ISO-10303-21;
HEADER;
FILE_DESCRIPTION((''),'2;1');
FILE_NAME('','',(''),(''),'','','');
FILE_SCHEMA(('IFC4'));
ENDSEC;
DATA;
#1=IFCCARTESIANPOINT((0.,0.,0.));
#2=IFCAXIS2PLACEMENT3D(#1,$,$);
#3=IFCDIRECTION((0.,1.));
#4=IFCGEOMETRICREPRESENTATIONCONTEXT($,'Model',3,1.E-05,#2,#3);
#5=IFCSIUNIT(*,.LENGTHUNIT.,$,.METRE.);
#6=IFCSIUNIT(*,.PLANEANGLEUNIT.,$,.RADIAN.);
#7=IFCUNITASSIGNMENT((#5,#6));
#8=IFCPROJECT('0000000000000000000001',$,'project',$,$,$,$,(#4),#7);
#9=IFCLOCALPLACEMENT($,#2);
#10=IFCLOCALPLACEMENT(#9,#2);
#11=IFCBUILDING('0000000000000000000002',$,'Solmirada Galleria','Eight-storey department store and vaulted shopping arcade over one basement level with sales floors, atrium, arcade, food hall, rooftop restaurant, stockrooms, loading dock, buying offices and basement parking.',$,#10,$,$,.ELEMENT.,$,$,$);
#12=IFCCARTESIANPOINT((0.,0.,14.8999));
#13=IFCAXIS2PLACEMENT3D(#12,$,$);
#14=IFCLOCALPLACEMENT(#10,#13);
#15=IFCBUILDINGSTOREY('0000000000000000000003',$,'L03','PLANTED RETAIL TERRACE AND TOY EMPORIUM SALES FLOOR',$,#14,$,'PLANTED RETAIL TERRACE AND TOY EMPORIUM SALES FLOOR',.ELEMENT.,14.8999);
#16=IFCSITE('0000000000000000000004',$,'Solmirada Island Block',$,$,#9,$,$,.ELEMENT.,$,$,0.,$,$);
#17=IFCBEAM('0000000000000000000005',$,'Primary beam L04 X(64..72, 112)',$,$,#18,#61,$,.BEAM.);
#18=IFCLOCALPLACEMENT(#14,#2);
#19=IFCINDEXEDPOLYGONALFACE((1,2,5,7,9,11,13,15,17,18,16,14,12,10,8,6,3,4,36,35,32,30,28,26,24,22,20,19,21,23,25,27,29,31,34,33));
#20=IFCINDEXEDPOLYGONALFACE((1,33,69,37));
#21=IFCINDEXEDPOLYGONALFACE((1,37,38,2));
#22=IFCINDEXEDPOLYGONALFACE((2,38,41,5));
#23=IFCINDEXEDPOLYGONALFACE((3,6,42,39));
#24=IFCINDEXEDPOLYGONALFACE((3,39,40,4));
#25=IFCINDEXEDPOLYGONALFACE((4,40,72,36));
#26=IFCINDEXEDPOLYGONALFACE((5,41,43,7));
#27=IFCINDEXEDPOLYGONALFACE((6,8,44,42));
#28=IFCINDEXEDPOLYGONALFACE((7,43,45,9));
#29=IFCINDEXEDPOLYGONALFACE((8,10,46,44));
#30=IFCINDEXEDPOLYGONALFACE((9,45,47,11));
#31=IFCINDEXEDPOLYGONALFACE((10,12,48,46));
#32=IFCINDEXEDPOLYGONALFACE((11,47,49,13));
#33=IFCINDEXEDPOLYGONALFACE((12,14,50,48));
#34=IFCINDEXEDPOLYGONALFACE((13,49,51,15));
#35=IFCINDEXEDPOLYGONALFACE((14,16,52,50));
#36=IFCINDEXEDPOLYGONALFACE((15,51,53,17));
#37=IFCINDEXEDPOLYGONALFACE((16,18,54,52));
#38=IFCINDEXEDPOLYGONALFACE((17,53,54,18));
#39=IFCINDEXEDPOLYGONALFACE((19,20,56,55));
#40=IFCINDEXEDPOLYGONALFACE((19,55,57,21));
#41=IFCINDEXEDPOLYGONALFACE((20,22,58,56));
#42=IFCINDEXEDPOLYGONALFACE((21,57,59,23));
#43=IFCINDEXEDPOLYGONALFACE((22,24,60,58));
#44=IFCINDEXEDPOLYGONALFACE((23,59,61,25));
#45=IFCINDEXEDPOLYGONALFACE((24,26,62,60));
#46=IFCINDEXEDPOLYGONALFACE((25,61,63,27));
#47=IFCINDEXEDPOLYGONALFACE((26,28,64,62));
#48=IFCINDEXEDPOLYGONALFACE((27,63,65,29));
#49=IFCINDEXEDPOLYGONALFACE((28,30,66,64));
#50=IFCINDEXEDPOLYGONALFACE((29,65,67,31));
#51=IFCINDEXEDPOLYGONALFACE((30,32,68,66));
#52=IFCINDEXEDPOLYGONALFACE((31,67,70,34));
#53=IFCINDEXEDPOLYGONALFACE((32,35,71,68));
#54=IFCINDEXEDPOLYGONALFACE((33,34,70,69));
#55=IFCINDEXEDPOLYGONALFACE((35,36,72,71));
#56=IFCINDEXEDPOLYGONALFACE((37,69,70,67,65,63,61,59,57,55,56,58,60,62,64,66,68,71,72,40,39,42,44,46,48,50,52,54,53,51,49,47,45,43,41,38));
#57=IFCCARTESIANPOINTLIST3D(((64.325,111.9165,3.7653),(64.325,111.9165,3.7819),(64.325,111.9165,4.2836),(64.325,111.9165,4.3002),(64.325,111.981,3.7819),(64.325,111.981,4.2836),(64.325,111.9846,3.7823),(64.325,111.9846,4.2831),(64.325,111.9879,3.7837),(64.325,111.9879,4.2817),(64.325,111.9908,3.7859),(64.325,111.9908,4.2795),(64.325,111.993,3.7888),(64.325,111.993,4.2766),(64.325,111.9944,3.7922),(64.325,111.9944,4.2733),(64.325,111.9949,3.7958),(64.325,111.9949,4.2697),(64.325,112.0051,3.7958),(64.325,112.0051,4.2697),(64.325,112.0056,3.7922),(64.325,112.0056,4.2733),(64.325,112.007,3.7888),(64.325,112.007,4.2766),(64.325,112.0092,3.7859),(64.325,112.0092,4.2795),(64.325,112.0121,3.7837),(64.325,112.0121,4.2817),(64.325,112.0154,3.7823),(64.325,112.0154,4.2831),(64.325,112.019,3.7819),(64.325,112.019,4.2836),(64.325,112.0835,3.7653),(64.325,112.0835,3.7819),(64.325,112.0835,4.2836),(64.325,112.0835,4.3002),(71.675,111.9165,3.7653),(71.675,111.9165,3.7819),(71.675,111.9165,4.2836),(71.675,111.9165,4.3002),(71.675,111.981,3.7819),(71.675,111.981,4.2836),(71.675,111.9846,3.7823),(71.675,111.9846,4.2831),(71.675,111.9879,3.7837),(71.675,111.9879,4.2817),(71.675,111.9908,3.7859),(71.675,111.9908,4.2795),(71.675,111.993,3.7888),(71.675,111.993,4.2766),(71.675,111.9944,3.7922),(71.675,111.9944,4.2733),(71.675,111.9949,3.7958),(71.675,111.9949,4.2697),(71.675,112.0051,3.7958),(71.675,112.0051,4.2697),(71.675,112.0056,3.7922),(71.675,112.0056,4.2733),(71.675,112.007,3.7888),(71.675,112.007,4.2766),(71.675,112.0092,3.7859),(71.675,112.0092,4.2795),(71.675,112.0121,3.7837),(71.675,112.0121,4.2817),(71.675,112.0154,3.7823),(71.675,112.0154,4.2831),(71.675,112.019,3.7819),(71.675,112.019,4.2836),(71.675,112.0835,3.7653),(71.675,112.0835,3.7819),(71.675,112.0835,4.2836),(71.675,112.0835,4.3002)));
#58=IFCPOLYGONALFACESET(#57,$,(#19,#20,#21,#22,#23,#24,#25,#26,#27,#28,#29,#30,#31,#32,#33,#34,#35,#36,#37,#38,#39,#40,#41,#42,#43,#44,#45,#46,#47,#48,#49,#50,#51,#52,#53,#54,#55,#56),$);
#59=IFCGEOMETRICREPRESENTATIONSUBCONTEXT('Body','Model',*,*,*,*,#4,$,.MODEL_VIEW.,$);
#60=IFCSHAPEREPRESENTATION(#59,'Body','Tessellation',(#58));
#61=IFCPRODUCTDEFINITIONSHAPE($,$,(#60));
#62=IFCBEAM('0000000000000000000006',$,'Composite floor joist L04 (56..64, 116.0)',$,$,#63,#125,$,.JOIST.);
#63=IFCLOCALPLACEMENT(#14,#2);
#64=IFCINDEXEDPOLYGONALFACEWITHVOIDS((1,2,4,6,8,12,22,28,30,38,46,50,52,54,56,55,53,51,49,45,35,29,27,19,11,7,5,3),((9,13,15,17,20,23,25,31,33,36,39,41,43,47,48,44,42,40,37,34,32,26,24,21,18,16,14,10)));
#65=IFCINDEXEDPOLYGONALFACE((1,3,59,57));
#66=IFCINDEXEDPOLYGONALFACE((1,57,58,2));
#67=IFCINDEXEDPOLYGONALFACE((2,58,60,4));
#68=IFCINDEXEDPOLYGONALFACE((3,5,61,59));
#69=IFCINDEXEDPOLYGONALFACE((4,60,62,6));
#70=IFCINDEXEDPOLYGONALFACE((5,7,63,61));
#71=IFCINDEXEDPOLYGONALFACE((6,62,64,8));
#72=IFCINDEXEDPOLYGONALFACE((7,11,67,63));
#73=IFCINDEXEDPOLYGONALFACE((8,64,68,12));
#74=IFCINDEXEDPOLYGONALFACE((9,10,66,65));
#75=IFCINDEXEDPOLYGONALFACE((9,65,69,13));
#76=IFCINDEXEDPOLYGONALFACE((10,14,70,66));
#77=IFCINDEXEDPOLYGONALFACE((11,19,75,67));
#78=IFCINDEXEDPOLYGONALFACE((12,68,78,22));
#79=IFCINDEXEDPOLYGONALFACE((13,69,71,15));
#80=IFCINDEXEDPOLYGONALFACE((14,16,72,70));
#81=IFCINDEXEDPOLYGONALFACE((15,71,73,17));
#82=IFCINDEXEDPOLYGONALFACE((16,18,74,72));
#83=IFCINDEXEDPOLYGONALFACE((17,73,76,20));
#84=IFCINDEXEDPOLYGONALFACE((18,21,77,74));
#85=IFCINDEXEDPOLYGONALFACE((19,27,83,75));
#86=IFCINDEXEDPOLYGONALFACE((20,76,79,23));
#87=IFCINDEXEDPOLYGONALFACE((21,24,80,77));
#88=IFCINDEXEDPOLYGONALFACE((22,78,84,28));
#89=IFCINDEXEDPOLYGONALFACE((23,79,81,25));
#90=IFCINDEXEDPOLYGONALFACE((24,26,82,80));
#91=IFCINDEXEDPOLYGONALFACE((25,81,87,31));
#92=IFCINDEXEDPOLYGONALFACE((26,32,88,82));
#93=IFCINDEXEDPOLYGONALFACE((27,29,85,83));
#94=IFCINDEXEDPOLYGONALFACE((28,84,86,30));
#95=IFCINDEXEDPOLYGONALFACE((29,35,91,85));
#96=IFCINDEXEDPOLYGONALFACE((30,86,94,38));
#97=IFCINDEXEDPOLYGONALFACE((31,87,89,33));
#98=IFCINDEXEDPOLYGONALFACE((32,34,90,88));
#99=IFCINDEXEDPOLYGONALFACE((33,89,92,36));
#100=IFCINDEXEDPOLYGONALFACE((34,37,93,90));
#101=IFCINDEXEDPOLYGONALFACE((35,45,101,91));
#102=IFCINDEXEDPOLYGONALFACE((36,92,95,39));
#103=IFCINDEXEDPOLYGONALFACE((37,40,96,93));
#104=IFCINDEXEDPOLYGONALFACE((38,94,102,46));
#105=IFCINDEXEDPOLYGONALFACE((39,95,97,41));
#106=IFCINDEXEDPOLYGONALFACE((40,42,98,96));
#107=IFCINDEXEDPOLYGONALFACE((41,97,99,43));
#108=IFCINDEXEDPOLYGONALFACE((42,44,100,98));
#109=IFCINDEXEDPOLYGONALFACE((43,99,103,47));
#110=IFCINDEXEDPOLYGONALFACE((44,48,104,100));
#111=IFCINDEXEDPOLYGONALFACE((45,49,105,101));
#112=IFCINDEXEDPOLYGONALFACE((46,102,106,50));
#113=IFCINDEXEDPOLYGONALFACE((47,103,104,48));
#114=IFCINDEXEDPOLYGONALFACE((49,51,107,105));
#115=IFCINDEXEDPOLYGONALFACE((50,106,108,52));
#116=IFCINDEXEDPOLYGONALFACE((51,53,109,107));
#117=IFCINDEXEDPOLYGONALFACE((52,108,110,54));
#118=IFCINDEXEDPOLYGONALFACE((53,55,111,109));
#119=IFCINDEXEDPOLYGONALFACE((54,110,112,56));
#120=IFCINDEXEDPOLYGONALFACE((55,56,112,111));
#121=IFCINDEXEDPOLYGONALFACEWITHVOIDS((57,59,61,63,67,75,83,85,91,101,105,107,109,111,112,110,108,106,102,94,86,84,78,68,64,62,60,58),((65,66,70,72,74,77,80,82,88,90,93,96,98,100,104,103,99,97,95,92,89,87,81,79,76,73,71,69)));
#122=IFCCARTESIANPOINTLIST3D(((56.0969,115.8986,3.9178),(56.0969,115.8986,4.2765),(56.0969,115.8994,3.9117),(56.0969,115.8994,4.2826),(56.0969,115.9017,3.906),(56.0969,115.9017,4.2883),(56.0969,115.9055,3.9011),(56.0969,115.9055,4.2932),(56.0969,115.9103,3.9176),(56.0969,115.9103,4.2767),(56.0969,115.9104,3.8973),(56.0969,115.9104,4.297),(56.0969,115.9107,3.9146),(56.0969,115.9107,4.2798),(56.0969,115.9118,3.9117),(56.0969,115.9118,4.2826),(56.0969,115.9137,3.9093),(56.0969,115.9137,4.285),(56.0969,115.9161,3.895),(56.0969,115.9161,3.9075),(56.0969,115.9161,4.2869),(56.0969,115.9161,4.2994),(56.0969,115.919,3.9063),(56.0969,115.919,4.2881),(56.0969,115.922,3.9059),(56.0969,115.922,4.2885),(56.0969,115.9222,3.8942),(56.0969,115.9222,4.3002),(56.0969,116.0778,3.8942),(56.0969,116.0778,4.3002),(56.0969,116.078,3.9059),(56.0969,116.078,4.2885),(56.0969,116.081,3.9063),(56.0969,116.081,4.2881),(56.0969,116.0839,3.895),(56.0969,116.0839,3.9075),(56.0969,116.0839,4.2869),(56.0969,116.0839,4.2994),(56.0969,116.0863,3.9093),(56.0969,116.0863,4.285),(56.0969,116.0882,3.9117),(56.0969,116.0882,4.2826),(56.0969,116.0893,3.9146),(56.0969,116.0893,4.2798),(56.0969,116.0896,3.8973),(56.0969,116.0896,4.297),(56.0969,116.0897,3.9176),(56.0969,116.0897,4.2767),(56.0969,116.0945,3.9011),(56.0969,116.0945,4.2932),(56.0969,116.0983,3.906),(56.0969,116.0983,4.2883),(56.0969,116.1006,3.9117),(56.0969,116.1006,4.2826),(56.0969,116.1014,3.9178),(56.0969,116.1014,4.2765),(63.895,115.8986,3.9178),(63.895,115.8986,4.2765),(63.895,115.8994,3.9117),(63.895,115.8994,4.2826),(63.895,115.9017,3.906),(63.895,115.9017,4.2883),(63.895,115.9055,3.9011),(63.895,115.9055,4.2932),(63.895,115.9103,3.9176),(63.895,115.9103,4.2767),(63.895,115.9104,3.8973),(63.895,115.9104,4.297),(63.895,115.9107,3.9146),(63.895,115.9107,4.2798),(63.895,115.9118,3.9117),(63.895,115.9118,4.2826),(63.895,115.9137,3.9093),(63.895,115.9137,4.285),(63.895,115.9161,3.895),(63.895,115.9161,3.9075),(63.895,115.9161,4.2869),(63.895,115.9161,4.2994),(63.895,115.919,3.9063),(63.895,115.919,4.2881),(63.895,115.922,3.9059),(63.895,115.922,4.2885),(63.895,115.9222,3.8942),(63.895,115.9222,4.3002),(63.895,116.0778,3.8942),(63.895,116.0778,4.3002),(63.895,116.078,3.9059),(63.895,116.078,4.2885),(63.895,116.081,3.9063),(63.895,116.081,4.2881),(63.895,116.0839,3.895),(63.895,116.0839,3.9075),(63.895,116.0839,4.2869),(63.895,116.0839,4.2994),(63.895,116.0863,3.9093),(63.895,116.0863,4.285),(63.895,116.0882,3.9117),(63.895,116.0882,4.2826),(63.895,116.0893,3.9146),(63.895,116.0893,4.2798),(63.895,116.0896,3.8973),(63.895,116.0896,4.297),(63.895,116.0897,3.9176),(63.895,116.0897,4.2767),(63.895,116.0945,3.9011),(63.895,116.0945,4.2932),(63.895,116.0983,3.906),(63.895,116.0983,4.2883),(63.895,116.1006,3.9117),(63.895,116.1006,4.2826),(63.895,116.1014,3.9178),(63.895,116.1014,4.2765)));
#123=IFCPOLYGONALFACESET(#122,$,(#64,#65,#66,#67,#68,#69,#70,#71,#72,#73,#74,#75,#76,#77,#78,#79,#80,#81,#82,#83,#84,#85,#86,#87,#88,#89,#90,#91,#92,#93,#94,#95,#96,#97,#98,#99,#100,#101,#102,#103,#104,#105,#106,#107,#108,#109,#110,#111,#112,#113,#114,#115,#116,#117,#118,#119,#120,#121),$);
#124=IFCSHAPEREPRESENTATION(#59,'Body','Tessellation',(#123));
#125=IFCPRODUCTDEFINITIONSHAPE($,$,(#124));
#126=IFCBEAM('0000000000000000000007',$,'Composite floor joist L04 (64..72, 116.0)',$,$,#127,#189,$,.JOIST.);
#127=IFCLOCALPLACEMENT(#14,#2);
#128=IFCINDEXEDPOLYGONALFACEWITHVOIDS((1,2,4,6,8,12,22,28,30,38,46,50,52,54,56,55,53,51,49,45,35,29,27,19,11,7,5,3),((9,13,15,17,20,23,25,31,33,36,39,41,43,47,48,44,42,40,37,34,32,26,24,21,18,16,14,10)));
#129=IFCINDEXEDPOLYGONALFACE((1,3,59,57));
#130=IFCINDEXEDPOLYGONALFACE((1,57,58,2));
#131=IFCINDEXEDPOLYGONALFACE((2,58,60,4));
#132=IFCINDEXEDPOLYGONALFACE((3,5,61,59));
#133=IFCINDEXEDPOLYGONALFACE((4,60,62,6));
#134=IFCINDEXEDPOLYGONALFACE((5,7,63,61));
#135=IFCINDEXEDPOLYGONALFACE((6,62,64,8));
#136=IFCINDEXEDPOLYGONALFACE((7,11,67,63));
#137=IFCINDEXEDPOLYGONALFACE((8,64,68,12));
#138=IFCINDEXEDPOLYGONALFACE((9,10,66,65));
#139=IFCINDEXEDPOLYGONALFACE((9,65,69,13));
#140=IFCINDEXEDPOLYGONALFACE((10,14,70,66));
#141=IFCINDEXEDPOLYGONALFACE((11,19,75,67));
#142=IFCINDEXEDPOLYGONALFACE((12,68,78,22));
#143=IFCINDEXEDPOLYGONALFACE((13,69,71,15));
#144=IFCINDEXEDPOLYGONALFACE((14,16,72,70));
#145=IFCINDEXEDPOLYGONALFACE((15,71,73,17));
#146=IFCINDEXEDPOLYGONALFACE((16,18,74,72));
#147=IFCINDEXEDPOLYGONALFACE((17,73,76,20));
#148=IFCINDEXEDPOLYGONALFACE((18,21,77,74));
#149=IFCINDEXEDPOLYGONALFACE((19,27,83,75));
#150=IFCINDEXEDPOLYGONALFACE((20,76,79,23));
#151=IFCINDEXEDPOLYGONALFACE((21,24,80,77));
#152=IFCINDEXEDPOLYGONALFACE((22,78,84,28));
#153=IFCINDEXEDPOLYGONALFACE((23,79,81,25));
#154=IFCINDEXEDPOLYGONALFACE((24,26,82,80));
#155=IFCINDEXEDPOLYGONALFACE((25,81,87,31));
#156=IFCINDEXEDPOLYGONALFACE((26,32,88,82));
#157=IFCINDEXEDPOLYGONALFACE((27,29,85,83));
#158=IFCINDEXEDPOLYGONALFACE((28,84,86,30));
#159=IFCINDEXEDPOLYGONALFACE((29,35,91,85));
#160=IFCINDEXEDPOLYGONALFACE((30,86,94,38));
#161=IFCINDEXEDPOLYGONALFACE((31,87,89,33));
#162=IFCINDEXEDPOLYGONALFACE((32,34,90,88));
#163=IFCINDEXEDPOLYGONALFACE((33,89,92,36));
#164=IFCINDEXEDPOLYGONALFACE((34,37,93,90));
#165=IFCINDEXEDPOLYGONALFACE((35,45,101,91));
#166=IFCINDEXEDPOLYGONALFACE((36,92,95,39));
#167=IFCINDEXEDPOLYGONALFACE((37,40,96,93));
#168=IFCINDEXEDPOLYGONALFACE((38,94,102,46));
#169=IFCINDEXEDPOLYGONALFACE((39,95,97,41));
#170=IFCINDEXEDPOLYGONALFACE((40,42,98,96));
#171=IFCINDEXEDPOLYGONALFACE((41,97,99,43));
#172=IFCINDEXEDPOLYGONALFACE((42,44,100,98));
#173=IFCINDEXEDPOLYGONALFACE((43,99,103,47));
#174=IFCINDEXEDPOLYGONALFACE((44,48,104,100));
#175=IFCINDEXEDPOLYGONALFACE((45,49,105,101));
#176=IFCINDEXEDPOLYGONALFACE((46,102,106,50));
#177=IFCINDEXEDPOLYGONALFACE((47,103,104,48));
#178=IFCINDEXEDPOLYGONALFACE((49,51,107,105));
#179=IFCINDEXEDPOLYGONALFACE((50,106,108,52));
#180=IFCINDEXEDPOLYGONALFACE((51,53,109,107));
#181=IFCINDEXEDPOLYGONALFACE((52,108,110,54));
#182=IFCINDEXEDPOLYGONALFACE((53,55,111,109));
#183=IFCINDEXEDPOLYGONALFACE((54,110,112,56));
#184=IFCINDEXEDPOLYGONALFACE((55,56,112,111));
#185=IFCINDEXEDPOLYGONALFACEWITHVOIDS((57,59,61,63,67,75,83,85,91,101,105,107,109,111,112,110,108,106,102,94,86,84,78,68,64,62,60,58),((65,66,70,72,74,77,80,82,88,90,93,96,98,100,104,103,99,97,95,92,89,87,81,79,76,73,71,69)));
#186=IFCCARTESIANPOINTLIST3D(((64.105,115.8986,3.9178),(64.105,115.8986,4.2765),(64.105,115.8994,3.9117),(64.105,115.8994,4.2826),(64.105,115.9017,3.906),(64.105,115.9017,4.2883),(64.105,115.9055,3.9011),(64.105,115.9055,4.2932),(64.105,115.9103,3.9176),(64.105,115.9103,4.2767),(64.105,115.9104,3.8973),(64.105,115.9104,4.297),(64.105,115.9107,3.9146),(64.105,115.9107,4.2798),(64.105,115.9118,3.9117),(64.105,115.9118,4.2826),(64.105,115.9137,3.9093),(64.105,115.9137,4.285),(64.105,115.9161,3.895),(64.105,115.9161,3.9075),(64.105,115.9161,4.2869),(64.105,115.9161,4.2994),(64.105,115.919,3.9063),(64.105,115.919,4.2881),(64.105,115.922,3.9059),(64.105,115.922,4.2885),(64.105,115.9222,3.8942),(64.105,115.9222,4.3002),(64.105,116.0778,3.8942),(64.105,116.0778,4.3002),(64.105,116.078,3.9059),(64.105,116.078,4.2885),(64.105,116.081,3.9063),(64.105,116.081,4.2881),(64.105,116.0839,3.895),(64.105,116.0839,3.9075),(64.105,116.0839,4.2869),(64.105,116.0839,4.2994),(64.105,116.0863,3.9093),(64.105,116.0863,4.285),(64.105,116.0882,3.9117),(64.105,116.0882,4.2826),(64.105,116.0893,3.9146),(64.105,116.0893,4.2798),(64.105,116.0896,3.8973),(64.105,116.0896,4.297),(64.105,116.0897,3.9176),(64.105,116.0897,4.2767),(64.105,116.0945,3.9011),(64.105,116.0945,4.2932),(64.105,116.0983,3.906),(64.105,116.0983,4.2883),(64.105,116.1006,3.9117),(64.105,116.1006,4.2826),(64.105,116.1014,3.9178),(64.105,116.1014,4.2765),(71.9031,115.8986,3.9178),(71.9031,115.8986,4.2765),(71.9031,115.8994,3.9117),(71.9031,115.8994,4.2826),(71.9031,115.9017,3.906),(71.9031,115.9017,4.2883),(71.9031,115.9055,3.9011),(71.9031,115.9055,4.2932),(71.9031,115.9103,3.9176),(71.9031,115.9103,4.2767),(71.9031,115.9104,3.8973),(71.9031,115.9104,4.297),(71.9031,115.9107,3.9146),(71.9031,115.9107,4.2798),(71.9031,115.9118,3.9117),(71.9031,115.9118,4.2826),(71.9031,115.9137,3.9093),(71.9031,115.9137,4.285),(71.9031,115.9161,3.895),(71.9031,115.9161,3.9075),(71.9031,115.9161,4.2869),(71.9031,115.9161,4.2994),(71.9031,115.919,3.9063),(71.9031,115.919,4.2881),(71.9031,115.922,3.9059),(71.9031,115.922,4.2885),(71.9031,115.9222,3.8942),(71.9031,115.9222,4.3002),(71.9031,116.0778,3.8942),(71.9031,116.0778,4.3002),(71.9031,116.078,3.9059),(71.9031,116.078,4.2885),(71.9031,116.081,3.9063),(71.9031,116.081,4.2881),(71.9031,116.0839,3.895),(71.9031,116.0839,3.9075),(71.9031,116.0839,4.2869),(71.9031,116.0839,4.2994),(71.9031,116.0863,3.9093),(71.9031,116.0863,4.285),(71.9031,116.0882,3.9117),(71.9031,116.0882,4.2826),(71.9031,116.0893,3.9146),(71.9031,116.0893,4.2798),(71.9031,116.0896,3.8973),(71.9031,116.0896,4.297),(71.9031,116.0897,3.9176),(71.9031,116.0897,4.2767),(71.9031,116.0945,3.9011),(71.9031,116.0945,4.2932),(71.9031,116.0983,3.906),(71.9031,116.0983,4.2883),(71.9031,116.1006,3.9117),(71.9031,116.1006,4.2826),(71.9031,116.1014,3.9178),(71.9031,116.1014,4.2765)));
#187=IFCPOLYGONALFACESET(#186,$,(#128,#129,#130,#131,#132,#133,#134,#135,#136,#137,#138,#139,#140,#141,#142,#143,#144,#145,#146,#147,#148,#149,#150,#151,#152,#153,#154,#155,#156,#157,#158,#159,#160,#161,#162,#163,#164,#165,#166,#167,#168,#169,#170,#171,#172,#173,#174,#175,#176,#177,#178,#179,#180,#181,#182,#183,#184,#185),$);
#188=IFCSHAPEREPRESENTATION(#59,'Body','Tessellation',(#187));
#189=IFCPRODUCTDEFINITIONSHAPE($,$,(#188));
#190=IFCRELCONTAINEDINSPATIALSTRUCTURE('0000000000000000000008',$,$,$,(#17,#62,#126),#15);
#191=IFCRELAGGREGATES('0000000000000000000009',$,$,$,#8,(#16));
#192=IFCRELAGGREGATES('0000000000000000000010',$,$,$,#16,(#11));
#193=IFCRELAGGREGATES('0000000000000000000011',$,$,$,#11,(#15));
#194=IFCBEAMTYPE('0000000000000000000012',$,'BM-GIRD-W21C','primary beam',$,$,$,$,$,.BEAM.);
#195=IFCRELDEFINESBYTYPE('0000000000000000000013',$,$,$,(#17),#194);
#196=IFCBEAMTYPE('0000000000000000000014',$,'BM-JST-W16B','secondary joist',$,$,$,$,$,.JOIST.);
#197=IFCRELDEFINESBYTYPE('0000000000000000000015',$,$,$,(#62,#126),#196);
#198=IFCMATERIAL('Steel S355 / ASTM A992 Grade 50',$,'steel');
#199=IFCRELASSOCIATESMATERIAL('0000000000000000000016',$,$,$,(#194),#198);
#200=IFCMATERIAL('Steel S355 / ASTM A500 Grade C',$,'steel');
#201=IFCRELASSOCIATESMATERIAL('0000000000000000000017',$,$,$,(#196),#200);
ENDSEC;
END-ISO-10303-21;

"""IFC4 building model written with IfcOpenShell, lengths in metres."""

from ifc_helpers import new_model, si_unit, direction, frame, origin, origin_2d, place, context, subcontext, project, spatial, hollow_rectangle, i_section, extrude, material, material_profile, profile_set, type_object, element, save


model = new_model("IFC4")

# Units and contexts
model_context = context("Model", 3, precision=1e-05, world=origin(), true_north=direction((0.0, 1.0)))
body_context = subcontext(model_context, "Body", "Model", "MODEL_VIEW")
ifc_project = project(units=[si_unit("LENGTHUNIT", "METRE"), si_unit("PLANEANGLEUNIT", "RADIAN")], contexts=[model_context])

# Site, building, storey
site_placement = place(None, origin())
site = spatial("IfcSite", under=ifc_project, at=site_placement, Name="Solmirada Island Block", CompositionType="ELEMENT", RefElevation=0.0)
building_placement = place(site_placement, origin())
building = spatial("IfcBuilding", under=site, at=building_placement, Name="Solmirada Galleria", Description="Eight-storey department store and vaulted shopping arcade over one basement level with sales floors, atrium, arcade, food hall, rooftop restaurant, stockrooms, loading dock, buying offices and basement parking.", CompositionType="ELEMENT")
storey_placement = place(building_placement, frame((0.0, 0.0, 14.8999)))
storey = spatial("IfcBuildingStorey", under=building, at=storey_placement, Name="L03", Description="PLANTED RETAIL TERRACE AND TOY EMPORIUM SALES FLOOR", LongName="PLANTED RETAIL TERRACE AND TOY EMPORIUM SALES FLOOR", CompositionType="ELEMENT", Elevation=14.8999)

# Shared definitions
ifc_material_1 = material(Name="Steel S355 / ASTM A500 Grade C", Category="steel")

# Beams
ifc_material_2 = material(Name="Steel S355 / ASTM A992 Grade 50", Category="steel")
ifc_material_profile_1 = material_profile(ifc_material_2, i_section(OverallWidth=0.167, OverallDepth=0.5349, WebThickness=0.0103, FlangeThickness=0.0166, FilletRadius=0.0139, at=origin_2d()), Name="W21X57")
ifc_profile_set_1 = profile_set([ifc_material_profile_1], Name="Steel S355 / ASTM A992 Grade 50")
beam_type_1 = type_object("IfcBeamType", Name="BM-GIRD-W21C", Description="primary beam", PredefinedType="BEAM", material=ifc_profile_set_1)
for number, where, z_axis, x_axis, name in (
    (1, (64.325, 112.0, 4.0327), (1.0, 0.0, 0.0), (0.0, 1.0, 0.0), "Primary beam L04 X(64..72, 112)"),
):
    element("IfcBeam", number, at=place(storey_placement, frame(where, z_axis=z_axis, x_axis=x_axis)), inside=storey, type_object=beam_type_1, Name=name, PredefinedType="BEAM", context=body_context, shape_type="SweptSolid", body=[
        extrude(i_section(OverallWidth=0.167, OverallDepth=0.5349, WebThickness=0.0103, FlangeThickness=0.0166, FilletRadius=0.0139, at=origin_2d()), origin(), (0.0, 0.0, 1.0), 7.3501),
    ])
ifc_material_profile_2 = material_profile(ifc_material_1, hollow_rectangle(XDim=0.2029, YDim=0.406, WallThickness=0.0117, InnerFilletRadius=0.0117, OuterFilletRadius=0.0237, at=origin_2d()), Name="HSS16X8X1/2")
ifc_profile_set_2 = profile_set([ifc_material_profile_2], Name="Steel S355 / ASTM A500 Grade C")
beam_type_2 = type_object("IfcBeamType", Name="BM-JST-W16B", Description="secondary joist", PredefinedType="JOIST", material=ifc_profile_set_2)
for number, where, z_axis, x_axis, name in (
    (2, (56.0969, 116.0, 4.0972), (1.0, 0.0, 0.0), (0.0, 1.0, 0.0), "Composite floor joist L04 (56..64, 116.0)"),
    (3, (64.105, 116.0, 4.0972), (1.0, 0.0, 0.0), (0.0, 1.0, 0.0), "Composite floor joist L04 (64..72, 116.0)"),
):
    element("IfcBeam", number, at=place(storey_placement, frame(where, z_axis=z_axis, x_axis=x_axis)), inside=storey, type_object=beam_type_2, Name=name, PredefinedType="JOIST", context=body_context, shape_type="SweptSolid", body=[
        extrude(hollow_rectangle(XDim=0.2029, YDim=0.406, WallThickness=0.0117, InnerFilletRadius=0.0117, OuterFilletRadius=0.0237, at=origin_2d()), origin(), (0.0, 0.0, 1.0), 7.7981),
    ])

save(model, "model.ifc")
